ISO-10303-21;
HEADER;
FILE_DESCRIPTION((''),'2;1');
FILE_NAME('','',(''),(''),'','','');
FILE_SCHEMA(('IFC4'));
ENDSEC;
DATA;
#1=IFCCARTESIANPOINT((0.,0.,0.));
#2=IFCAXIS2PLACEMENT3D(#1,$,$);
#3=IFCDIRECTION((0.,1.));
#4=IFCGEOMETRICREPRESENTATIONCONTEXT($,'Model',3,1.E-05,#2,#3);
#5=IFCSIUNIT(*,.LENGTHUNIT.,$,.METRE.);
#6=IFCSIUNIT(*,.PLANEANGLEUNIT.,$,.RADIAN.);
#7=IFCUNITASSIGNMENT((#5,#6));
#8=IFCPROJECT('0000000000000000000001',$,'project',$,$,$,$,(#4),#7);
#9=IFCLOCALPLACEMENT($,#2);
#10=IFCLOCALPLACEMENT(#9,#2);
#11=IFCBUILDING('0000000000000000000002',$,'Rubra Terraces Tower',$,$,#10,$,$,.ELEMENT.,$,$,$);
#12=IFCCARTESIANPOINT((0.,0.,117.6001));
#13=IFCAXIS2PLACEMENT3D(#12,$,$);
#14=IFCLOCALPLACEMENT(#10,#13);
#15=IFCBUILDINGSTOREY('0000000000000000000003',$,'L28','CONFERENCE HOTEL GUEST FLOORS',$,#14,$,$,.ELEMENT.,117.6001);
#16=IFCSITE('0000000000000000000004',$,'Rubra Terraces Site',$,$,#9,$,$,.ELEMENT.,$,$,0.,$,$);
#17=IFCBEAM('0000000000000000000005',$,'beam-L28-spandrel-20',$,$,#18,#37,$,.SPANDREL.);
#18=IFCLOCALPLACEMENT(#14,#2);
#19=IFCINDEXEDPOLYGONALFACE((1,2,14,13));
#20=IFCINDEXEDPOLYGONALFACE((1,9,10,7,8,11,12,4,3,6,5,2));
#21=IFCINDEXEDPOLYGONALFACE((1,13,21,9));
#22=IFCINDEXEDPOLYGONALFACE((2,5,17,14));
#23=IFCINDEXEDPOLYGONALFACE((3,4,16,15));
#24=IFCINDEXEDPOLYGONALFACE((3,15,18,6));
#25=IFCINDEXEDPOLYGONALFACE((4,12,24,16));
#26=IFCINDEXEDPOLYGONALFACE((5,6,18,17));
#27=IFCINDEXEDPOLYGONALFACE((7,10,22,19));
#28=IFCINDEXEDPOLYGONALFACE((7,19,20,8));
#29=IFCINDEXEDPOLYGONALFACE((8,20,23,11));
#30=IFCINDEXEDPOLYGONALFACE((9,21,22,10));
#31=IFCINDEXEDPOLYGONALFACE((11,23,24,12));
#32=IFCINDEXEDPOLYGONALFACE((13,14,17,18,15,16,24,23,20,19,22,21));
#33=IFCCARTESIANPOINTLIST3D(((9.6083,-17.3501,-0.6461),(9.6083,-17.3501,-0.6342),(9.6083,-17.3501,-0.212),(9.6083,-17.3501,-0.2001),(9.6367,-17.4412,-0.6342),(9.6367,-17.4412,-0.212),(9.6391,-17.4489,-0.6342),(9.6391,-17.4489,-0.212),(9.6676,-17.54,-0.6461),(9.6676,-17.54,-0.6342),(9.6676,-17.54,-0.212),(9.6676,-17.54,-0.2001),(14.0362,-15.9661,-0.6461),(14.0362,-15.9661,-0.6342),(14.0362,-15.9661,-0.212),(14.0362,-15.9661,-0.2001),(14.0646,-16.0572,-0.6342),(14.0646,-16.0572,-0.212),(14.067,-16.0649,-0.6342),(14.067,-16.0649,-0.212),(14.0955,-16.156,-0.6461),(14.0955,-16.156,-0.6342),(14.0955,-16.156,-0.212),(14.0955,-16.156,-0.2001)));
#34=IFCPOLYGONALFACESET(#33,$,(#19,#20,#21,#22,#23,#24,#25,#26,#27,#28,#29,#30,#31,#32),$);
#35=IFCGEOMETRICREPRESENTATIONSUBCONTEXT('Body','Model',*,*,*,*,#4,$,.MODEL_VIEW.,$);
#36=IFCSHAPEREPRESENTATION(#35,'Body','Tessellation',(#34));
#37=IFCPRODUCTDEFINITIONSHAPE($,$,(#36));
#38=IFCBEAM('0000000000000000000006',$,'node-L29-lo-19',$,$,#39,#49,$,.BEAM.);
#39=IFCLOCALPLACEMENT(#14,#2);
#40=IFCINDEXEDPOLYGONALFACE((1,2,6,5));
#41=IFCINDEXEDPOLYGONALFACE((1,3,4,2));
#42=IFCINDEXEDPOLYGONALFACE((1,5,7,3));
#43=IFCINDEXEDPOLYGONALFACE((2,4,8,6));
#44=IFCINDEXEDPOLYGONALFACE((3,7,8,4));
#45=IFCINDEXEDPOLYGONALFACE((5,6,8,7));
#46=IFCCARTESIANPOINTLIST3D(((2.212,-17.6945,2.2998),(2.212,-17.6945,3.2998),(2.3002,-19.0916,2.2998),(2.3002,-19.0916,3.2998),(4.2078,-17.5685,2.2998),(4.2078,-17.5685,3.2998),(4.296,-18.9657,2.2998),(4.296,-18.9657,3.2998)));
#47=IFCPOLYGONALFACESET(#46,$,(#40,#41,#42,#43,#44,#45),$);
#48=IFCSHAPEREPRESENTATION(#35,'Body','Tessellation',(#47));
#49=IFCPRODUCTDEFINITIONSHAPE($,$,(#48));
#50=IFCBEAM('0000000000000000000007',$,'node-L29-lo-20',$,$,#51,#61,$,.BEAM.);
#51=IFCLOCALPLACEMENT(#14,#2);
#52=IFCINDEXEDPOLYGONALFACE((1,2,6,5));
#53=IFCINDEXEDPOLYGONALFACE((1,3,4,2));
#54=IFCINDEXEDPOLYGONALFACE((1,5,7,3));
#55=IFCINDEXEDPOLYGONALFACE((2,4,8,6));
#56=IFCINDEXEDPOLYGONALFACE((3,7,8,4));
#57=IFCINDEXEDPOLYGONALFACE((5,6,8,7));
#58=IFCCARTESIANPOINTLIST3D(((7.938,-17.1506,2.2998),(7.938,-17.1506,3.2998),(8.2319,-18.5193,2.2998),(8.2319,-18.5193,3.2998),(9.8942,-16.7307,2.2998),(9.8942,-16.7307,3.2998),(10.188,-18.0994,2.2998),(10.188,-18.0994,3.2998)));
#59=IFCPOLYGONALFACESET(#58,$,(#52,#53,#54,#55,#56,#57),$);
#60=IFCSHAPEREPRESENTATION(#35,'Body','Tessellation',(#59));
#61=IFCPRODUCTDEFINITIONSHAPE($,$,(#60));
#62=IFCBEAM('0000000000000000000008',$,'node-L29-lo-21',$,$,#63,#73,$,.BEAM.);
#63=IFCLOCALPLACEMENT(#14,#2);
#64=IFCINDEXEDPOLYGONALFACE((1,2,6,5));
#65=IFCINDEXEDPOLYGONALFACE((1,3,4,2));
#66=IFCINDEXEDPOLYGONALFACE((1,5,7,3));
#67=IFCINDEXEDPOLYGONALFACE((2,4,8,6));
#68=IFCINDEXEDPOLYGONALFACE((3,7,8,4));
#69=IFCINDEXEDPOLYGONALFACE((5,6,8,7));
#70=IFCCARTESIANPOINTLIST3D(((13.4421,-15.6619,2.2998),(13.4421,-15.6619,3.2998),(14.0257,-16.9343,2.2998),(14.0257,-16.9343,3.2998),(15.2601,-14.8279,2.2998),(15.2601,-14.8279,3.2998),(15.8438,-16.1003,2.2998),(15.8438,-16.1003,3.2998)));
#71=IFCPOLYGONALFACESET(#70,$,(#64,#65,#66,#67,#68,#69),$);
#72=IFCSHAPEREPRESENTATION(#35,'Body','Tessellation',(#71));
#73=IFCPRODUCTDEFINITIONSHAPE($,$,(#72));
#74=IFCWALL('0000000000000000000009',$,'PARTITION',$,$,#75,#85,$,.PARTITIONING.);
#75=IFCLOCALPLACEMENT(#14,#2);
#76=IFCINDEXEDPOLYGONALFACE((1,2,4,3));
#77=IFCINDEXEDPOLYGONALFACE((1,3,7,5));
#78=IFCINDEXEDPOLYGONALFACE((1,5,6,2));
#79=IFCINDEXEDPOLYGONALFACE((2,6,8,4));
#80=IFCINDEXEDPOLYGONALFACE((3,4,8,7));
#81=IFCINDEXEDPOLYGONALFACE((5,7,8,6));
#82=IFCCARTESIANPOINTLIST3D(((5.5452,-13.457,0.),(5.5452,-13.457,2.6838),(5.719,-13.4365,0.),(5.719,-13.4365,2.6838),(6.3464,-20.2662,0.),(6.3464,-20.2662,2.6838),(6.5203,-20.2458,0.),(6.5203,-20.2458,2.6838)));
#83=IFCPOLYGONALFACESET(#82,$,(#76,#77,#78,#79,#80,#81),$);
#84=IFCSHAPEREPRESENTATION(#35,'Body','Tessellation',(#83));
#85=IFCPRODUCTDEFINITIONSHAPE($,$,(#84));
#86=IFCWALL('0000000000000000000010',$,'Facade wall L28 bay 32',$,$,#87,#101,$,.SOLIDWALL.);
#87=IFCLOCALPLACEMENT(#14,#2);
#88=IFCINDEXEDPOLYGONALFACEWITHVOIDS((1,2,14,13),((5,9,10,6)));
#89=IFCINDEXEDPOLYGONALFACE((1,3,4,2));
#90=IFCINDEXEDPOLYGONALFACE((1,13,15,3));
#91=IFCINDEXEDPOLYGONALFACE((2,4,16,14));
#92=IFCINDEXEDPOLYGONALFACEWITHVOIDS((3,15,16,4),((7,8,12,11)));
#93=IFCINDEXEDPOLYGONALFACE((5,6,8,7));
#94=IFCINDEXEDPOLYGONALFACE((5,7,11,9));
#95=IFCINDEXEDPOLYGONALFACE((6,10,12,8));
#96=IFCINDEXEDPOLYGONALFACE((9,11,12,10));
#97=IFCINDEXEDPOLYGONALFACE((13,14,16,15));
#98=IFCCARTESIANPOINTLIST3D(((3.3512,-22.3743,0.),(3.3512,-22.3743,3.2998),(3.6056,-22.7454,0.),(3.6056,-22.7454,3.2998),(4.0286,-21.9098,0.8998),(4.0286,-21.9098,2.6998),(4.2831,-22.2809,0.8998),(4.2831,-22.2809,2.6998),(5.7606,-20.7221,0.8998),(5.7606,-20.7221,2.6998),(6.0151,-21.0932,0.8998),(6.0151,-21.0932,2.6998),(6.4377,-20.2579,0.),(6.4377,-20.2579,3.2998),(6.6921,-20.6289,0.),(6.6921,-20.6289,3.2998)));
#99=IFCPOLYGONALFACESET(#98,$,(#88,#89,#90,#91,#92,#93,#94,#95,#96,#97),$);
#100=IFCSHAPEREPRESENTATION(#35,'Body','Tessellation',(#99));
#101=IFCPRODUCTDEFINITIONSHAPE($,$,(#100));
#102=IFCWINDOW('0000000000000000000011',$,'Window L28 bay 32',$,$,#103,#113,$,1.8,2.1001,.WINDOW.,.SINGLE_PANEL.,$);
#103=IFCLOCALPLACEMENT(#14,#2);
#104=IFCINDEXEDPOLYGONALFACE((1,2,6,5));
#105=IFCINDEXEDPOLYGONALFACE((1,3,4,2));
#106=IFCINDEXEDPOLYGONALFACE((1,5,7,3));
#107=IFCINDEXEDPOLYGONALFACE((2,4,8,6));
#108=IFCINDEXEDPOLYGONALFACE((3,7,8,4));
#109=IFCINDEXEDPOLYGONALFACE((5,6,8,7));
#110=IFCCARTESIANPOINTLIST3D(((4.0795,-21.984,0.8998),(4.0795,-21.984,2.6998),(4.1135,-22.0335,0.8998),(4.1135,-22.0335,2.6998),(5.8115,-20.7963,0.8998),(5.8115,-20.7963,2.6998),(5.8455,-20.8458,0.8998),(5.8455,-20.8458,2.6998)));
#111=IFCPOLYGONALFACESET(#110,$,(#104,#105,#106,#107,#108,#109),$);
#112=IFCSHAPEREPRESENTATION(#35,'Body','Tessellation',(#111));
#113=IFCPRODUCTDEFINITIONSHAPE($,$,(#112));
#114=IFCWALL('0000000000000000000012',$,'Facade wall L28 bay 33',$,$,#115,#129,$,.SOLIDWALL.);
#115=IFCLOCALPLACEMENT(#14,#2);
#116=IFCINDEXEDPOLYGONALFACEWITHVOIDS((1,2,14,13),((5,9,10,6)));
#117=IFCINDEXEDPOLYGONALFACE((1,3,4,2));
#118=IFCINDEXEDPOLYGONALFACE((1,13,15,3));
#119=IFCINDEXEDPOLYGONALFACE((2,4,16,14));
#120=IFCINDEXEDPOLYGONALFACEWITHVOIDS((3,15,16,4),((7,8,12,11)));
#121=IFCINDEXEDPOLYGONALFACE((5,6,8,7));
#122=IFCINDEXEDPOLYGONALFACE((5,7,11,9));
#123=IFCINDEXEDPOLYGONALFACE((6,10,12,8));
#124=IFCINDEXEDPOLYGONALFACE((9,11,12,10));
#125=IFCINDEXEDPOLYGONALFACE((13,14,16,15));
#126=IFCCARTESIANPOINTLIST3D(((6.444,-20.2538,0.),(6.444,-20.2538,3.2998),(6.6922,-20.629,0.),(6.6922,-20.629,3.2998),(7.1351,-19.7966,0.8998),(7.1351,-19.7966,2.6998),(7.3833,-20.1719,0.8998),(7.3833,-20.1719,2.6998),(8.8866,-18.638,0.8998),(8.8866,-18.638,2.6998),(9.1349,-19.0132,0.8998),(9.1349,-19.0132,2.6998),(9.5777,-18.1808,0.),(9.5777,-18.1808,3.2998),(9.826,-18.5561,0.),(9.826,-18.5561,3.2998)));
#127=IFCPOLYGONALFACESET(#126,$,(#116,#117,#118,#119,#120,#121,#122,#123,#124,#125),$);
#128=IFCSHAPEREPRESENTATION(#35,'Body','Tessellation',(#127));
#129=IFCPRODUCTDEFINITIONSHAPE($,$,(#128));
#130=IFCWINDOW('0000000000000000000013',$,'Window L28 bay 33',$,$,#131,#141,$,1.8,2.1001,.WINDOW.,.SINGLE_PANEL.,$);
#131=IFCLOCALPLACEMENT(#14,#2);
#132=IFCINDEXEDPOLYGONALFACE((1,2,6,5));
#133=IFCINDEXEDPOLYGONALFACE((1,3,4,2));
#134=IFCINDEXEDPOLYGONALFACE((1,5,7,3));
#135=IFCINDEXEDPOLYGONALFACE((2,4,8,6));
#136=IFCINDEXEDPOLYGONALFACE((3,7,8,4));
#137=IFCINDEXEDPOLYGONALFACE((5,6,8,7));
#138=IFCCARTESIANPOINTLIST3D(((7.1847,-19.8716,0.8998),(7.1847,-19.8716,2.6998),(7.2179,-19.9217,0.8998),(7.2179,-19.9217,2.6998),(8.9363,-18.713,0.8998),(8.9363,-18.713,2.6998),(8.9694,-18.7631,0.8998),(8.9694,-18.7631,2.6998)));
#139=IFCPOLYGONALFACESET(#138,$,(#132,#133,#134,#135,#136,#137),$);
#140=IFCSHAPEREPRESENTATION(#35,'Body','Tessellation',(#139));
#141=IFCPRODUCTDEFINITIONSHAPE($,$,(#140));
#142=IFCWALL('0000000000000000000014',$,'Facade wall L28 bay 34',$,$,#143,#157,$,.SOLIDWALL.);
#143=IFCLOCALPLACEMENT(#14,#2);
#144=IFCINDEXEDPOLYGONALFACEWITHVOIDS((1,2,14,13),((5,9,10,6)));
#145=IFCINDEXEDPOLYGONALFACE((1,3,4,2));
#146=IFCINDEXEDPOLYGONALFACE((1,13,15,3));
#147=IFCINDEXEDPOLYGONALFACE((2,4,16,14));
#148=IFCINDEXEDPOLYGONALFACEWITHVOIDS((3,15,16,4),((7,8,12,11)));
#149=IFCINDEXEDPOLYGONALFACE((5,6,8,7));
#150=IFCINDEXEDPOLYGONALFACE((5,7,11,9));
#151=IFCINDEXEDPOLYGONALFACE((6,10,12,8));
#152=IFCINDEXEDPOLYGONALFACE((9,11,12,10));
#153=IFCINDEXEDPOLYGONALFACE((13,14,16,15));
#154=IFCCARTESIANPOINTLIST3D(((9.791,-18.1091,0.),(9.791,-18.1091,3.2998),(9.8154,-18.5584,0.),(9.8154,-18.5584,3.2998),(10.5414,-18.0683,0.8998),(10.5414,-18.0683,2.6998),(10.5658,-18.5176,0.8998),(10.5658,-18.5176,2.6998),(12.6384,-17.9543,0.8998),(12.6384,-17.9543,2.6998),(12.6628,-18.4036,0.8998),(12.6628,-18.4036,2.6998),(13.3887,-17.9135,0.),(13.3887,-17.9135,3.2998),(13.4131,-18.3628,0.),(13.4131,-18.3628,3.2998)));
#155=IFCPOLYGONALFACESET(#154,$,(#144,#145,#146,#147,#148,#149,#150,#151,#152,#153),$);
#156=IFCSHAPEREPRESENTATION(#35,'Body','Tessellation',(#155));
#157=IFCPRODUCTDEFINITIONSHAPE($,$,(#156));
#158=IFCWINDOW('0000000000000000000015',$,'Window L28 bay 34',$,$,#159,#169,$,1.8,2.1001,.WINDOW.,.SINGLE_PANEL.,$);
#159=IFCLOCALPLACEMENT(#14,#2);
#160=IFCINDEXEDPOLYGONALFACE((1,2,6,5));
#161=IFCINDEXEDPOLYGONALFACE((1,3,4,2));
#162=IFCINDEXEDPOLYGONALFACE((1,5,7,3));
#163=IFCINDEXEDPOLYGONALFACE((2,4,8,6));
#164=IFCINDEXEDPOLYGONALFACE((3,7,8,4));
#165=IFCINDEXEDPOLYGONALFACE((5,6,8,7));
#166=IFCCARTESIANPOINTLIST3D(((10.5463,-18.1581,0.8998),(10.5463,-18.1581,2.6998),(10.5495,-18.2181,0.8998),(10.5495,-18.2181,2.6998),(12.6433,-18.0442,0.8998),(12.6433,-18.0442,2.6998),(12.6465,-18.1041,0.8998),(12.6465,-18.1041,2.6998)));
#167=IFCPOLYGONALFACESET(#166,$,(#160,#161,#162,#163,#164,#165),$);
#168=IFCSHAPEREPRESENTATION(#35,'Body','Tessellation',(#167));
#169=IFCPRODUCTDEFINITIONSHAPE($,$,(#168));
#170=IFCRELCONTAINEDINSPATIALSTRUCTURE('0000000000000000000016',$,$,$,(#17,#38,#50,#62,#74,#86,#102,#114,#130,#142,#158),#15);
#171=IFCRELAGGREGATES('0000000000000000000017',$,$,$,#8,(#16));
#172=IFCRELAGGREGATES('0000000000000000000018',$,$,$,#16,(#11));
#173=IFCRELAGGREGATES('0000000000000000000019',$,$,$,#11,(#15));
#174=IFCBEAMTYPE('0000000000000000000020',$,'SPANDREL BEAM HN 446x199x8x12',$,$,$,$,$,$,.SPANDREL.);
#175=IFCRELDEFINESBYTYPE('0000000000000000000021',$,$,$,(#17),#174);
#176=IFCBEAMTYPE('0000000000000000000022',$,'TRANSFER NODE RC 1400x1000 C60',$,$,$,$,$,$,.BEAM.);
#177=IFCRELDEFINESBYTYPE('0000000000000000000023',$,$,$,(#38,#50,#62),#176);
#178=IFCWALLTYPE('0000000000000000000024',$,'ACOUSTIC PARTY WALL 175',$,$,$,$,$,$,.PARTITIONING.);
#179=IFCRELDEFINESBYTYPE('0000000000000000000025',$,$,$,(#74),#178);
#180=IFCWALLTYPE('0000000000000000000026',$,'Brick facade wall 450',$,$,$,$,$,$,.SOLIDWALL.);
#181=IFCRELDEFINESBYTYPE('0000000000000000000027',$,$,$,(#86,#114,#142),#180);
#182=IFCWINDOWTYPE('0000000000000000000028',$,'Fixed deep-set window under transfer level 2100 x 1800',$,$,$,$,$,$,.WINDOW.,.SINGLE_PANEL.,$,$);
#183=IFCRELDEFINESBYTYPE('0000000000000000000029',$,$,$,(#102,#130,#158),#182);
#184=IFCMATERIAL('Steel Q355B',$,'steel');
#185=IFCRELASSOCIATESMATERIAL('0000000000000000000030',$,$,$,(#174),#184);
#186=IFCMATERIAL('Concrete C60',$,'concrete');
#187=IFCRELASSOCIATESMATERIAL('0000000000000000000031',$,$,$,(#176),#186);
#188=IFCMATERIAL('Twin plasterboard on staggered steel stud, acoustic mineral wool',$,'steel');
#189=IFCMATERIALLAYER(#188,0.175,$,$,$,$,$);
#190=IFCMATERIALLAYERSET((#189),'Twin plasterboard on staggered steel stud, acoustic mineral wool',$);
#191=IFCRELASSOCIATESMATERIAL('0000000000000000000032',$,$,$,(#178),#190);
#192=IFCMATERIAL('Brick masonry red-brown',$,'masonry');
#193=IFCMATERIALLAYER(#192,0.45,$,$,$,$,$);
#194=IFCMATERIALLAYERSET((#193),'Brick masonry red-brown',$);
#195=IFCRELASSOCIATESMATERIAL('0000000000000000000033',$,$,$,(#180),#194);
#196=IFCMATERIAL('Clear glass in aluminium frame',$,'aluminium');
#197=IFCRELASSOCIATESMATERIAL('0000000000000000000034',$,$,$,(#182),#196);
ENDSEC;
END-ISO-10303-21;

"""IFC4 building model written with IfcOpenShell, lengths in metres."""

from ifc_helpers import new_model, si_unit, direction, frame, frame_2d, origin, origin_2d, place, context, subcontext, project, spatial, rectangle, i_section, extrude, material, layer, layer_set, material_profile, profile_set, type_object, element, fill, save


model = new_model("IFC4")

# Units and contexts
model_context = context("Model", 3, precision=1e-05, world=origin(), true_north=direction((0.0, 1.0)))
body_context = subcontext(model_context, "Body", "Model", "MODEL_VIEW")
ifc_project = project(units=[si_unit("LENGTHUNIT", "METRE"), si_unit("PLANEANGLEUNIT", "RADIAN")], contexts=[model_context])

# Site, building, storey
site_placement = place(None, origin())
site = spatial("IfcSite", under=ifc_project, at=site_placement, Name="Rubra Terraces Site", CompositionType="ELEMENT", RefElevation=0.0)
building_placement = place(site_placement, origin())
building = spatial("IfcBuilding", under=site, at=building_placement, Name="Rubra Terraces Tower", CompositionType="ELEMENT")
storey_placement = place(building_placement, frame((0.0, 0.0, 117.6001)))
storey = spatial("IfcBuildingStorey", under=building, at=storey_placement, Name="L28", Description="CONFERENCE HOTEL GUEST FLOORS", CompositionType="ELEMENT", Elevation=117.6001)

# Shared definitions
ifc_material_1 = material(Name="Concrete C60", Category="concrete")

# Beams
ifc_material_2 = material(Name="Steel Q355B", Category="steel")
ifc_material_profile_1 = material_profile(ifc_material_2, i_section(OverallWidth=0.199, OverallDepth=0.446, WebThickness=0.0081, FlangeThickness=0.012, at=origin_2d()), Name="HN 446x199x8x12")
ifc_profile_set_1 = profile_set([ifc_material_profile_1], Name="Steel Q355B")
beam_type_1 = type_object("IfcBeamType", Name="SPANDREL BEAM HN 446x199x8x12", PredefinedType="SPANDREL", material=ifc_profile_set_1)
beam_1_placement = place(storey_placement, frame((9.6379, -17.4451, -0.4231), z_axis=(0.954462, 0.298332, 0.0), x_axis=(-0.298332, 0.954462, 0.0)))
element("IfcBeam", 1, at=beam_1_placement, inside=storey, type_object=beam_type_1, Name="beam-L28-spandrel-20", PredefinedType="SPANDREL", context=body_context, shape_type="SweptSolid", body=[
    extrude(i_section(OverallWidth=0.199, OverallDepth=0.446, WebThickness=0.0081, FlangeThickness=0.012, at=origin_2d()), origin(), (0.0, 0.0, 1.0), 4.6392),
])
ifc_material_profile_2 = material_profile(ifc_material_1, rectangle(XDim=1.3999, YDim=1.0, at=origin_2d()), Name="RC 1400x1000")
ifc_profile_set_2 = profile_set([ifc_material_profile_2], Name="Concrete C60")
beam_type_2 = type_object("IfcBeamType", Name="TRANSFER NODE RC 1400x1000 C60", PredefinedType="BEAM", material=ifc_profile_set_2)
beam_2_placement = place(storey_placement, frame((2.2561, -18.3931, 2.7998), z_axis=(0.998014, 0.062994, 0.0), x_axis=(-0.062994, 0.998014, 0.0)))
element("IfcBeam", 2, at=beam_2_placement, inside=storey, type_object=beam_type_2, Name="node-L29-lo-19", PredefinedType="BEAM", context=body_context, shape_type="SweptSolid", body=[
    extrude(rectangle(XDim=1.3999, YDim=1.0, at=origin_2d()), origin(), (0.0, 0.0, 1.0), 1.9998),
])
beam_3_placement = place(storey_placement, frame((8.085, -17.835, 2.7998), z_axis=(0.977724, 0.209896, 0.0), x_axis=(-0.209896, 0.977724, 0.0)))
element("IfcBeam", 3, at=beam_3_placement, inside=storey, type_object=beam_type_2, Name="node-L29-lo-20", PredefinedType="BEAM", context=body_context, shape_type="SweptSolid", body=[
    extrude(rectangle(XDim=1.3999, YDim=1.0, at=origin_2d()), origin(), (0.0, 0.0, 1.0), 2.0007),
])
beam_4_placement = place(storey_placement, frame((13.7339, -16.2981, 2.7998), z_axis=(0.908936, 0.416936, 0.0), x_axis=(-0.416936, 0.908936, 0.0)))
element("IfcBeam", 4, at=beam_4_placement, inside=storey, type_object=beam_type_2, Name="node-L29-lo-21", PredefinedType="BEAM", context=body_context, shape_type="SweptSolid", body=[
    extrude(rectangle(XDim=1.3999, YDim=1.0, at=origin_2d()), origin(), (0.0, 0.0, 1.0), 2.0002),
])

# Wall
ifc_material_3 = material(Name="Twin plasterboard on staggered steel stud, acoustic mineral wool", Category="steel")
ifc_layer_1 = layer(ifc_material_3, 0.175)
ifc_layer_set_1 = layer_set([ifc_layer_1], Name="Twin plasterboard on staggered steel stud, acoustic mineral wool")
wall_type_1 = type_object("IfcWallType", Name="ACOUSTIC PARTY WALL 175", PredefinedType="PARTITIONING", material=ifc_layer_set_1)
wall_1_placement = place(storey_placement, frame((6.4333, -20.2561, 0.0), z_axis=(0.0, 0.0, 1.0), x_axis=(-0.116866, 0.993148, 0.0)))
element("IfcWall", 5, at=wall_1_placement, inside=storey, type_object=wall_type_1, Name="PARTITION", PredefinedType="PARTITIONING", context=body_context, shape_type="SweptSolid", body=[
    extrude(rectangle(XDim=6.8562, YDim=0.175, at=frame_2d((3.4282, 0.0))), origin(), (0.0, 0.0, 1.0), 2.6838),
])

# Walls, openings, windows
ifc_material_4 = material(Name="Brick masonry red-brown", Category="masonry")
ifc_layer_2 = layer(ifc_material_4, 0.45)
ifc_layer_set_2 = layer_set([ifc_layer_2], Name="Brick masonry red-brown")
wall_type_2 = type_object("IfcWallType", Name="Brick facade wall 450", PredefinedType="SOLIDWALL", material=ifc_layer_set_2)
wall_2_placement = place(storey_placement, frame((3.4785, -22.5598, 0.0), z_axis=(0.0, 0.0, 1.0), x_axis=(0.824723, 0.565537, 0.0)))
wall_2 = element("IfcWall", 6, at=wall_2_placement, inside=storey, type_object=wall_type_2, Name="Facade wall L28 bay 32", PredefinedType="SOLIDWALL", context=body_context, shape_type="SweptSolid", body=[
    extrude(rectangle(XDim=3.7424, YDim=0.45, at=frame_2d((1.8711, 0.0))), origin(), (0.0, 0.0, 1.0), 3.2998),
])
opening_1_placement = place(wall_2_placement, frame((0.8213, 0.0, 0.8999)))
opening_1 = element("IfcOpeningElement", 7, at=opening_1_placement, cuts=wall_2, PredefinedType="OPENING", context=body_context, shape_type="SweptSolid", body=[
    extrude(rectangle(XDim=2.1001, YDim=1.8, at=frame_2d((1.05, 0.8999))), frame((0.0, 0.2349, 0.0), z_axis=(0.0, -1.0, 0.0), x_axis=(1.0, 0.0, 0.0)), (0.0, 0.0, 1.0), 0.47),
])
ifc_material_5 = material(Name="Clear glass in aluminium frame", Category="aluminium")
window_type = type_object("IfcWindowType", Name="Fixed deep-set window under transfer level 2100 x 1800", PartitioningType="SINGLE_PANEL", PredefinedType="WINDOW", material=ifc_material_5)
window_1_placement = place(opening_1_placement, origin())
window_1 = element("IfcWindow", 8, at=window_1_placement, inside=storey, type_object=window_type, Name="Window L28 bay 32", OverallHeight=1.8, OverallWidth=2.1001, PartitioningType="SINGLE_PANEL", PredefinedType="WINDOW", context=body_context, shape_type="SweptSolid", body=[
    extrude(rectangle(XDim=2.1001, YDim=1.8, at=frame_2d((1.05, 0.8999))), frame((0.0, 0.135, 0.0), z_axis=(0.0, -1.0, 0.0), x_axis=(1.0, 0.0, 0.0)), (0.0, 0.0, 1.0), 0.0601),
])
fill(opening_1, window_1)
wall_3_placement = place(storey_placement, frame((6.5681, -20.4414, 0.0), z_axis=(0.0, 0.0, 1.0), x_axis=(0.834034, 0.551713, 0.0)))
wall_3 = element("IfcWall", 9, at=wall_3_placement, inside=storey, type_object=wall_type_2, Name="Facade wall L28 bay 33", PredefinedType="SOLIDWALL", context=body_context, shape_type="SweptSolid", body=[
    extrude(rectangle(XDim=3.7573, YDim=0.45, at=frame_2d((1.8787, 0.0))), origin(), (0.0, 0.0, 1.0), 3.2998),
])
opening_2_placement = place(wall_3_placement, frame((0.8286, 0.0, 0.8999)))
opening_2 = element("IfcOpeningElement", 10, at=opening_2_placement, cuts=wall_3, PredefinedType="OPENING", context=body_context, shape_type="SweptSolid", body=[
    extrude(rectangle(XDim=2.1001, YDim=1.8, at=frame_2d((1.05, 0.8999))), frame((0.0, 0.2349, 0.0), z_axis=(0.0, -1.0, 0.0), x_axis=(1.0, 0.0, 0.0)), (0.0, 0.0, 1.0), 0.47),
])
window_2_placement = place(opening_2_placement, origin())
window_2 = element("IfcWindow", 11, at=window_2_placement, inside=storey, type_object=window_type, Name="Window L28 bay 33", OverallHeight=1.8, OverallWidth=2.1001, PartitioningType="SINGLE_PANEL", PredefinedType="WINDOW", context=body_context, shape_type="SweptSolid", body=[
    extrude(rectangle(XDim=2.1001, YDim=1.8, at=frame_2d((1.05, 0.8999))), frame((0.0, 0.135, 0.0), z_axis=(0.0, -1.0, 0.0), x_axis=(1.0, 0.0, 0.0)), (0.0, 0.0, 1.0), 0.0601),
])
fill(opening_2, window_2)
wall_4_placement = place(storey_placement, frame((9.8032, -18.3337, 0.0), z_axis=(0.0, 0.0, 1.0), x_axis=(0.998526, 0.054277, 0.0)))
wall_4 = element("IfcWall", 12, at=wall_4_placement, inside=storey, type_object=wall_type_2, Name="Facade wall L28 bay 34", PredefinedType="SOLIDWALL", context=body_context, shape_type="SweptSolid", body=[
    extrude(rectangle(XDim=3.603, YDim=0.45, at=frame_2d((1.8015, 0.0))), origin(), (0.0, 0.0, 1.0), 3.2998),
])
opening_3_placement = place(wall_4_placement, frame((0.7515, 0.0, 0.8999)))
opening_3 = element("IfcOpeningElement", 13, at=opening_3_placement, cuts=wall_4, PredefinedType="OPENING", context=body_context, shape_type="SweptSolid", body=[
    extrude(rectangle(XDim=2.1001, YDim=1.8, at=frame_2d((1.05, 0.8999))), frame((0.0, 0.2349, 0.0), z_axis=(0.0, -1.0, 0.0), x_axis=(1.0, 0.0, 0.0)), (0.0, 0.0, 1.0), 0.47),
])
window_3_placement = place(opening_3_placement, origin())
window_3 = element("IfcWindow", 14, at=window_3_placement, inside=storey, type_object=window_type, Name="Window L28 bay 34", OverallHeight=1.8, OverallWidth=2.1001, PartitioningType="SINGLE_PANEL", PredefinedType="WINDOW", context=body_context, shape_type="SweptSolid", body=[
    extrude(rectangle(XDim=2.1001, YDim=1.8, at=frame_2d((1.05, 0.8999))), frame((0.0, 0.135, 0.0), z_axis=(0.0, -1.0, 0.0), x_axis=(1.0, 0.0, 0.0)), (0.0, 0.0, 1.0), 0.0601),
])
fill(opening_3, window_3)

save(model, "model.ifc")
